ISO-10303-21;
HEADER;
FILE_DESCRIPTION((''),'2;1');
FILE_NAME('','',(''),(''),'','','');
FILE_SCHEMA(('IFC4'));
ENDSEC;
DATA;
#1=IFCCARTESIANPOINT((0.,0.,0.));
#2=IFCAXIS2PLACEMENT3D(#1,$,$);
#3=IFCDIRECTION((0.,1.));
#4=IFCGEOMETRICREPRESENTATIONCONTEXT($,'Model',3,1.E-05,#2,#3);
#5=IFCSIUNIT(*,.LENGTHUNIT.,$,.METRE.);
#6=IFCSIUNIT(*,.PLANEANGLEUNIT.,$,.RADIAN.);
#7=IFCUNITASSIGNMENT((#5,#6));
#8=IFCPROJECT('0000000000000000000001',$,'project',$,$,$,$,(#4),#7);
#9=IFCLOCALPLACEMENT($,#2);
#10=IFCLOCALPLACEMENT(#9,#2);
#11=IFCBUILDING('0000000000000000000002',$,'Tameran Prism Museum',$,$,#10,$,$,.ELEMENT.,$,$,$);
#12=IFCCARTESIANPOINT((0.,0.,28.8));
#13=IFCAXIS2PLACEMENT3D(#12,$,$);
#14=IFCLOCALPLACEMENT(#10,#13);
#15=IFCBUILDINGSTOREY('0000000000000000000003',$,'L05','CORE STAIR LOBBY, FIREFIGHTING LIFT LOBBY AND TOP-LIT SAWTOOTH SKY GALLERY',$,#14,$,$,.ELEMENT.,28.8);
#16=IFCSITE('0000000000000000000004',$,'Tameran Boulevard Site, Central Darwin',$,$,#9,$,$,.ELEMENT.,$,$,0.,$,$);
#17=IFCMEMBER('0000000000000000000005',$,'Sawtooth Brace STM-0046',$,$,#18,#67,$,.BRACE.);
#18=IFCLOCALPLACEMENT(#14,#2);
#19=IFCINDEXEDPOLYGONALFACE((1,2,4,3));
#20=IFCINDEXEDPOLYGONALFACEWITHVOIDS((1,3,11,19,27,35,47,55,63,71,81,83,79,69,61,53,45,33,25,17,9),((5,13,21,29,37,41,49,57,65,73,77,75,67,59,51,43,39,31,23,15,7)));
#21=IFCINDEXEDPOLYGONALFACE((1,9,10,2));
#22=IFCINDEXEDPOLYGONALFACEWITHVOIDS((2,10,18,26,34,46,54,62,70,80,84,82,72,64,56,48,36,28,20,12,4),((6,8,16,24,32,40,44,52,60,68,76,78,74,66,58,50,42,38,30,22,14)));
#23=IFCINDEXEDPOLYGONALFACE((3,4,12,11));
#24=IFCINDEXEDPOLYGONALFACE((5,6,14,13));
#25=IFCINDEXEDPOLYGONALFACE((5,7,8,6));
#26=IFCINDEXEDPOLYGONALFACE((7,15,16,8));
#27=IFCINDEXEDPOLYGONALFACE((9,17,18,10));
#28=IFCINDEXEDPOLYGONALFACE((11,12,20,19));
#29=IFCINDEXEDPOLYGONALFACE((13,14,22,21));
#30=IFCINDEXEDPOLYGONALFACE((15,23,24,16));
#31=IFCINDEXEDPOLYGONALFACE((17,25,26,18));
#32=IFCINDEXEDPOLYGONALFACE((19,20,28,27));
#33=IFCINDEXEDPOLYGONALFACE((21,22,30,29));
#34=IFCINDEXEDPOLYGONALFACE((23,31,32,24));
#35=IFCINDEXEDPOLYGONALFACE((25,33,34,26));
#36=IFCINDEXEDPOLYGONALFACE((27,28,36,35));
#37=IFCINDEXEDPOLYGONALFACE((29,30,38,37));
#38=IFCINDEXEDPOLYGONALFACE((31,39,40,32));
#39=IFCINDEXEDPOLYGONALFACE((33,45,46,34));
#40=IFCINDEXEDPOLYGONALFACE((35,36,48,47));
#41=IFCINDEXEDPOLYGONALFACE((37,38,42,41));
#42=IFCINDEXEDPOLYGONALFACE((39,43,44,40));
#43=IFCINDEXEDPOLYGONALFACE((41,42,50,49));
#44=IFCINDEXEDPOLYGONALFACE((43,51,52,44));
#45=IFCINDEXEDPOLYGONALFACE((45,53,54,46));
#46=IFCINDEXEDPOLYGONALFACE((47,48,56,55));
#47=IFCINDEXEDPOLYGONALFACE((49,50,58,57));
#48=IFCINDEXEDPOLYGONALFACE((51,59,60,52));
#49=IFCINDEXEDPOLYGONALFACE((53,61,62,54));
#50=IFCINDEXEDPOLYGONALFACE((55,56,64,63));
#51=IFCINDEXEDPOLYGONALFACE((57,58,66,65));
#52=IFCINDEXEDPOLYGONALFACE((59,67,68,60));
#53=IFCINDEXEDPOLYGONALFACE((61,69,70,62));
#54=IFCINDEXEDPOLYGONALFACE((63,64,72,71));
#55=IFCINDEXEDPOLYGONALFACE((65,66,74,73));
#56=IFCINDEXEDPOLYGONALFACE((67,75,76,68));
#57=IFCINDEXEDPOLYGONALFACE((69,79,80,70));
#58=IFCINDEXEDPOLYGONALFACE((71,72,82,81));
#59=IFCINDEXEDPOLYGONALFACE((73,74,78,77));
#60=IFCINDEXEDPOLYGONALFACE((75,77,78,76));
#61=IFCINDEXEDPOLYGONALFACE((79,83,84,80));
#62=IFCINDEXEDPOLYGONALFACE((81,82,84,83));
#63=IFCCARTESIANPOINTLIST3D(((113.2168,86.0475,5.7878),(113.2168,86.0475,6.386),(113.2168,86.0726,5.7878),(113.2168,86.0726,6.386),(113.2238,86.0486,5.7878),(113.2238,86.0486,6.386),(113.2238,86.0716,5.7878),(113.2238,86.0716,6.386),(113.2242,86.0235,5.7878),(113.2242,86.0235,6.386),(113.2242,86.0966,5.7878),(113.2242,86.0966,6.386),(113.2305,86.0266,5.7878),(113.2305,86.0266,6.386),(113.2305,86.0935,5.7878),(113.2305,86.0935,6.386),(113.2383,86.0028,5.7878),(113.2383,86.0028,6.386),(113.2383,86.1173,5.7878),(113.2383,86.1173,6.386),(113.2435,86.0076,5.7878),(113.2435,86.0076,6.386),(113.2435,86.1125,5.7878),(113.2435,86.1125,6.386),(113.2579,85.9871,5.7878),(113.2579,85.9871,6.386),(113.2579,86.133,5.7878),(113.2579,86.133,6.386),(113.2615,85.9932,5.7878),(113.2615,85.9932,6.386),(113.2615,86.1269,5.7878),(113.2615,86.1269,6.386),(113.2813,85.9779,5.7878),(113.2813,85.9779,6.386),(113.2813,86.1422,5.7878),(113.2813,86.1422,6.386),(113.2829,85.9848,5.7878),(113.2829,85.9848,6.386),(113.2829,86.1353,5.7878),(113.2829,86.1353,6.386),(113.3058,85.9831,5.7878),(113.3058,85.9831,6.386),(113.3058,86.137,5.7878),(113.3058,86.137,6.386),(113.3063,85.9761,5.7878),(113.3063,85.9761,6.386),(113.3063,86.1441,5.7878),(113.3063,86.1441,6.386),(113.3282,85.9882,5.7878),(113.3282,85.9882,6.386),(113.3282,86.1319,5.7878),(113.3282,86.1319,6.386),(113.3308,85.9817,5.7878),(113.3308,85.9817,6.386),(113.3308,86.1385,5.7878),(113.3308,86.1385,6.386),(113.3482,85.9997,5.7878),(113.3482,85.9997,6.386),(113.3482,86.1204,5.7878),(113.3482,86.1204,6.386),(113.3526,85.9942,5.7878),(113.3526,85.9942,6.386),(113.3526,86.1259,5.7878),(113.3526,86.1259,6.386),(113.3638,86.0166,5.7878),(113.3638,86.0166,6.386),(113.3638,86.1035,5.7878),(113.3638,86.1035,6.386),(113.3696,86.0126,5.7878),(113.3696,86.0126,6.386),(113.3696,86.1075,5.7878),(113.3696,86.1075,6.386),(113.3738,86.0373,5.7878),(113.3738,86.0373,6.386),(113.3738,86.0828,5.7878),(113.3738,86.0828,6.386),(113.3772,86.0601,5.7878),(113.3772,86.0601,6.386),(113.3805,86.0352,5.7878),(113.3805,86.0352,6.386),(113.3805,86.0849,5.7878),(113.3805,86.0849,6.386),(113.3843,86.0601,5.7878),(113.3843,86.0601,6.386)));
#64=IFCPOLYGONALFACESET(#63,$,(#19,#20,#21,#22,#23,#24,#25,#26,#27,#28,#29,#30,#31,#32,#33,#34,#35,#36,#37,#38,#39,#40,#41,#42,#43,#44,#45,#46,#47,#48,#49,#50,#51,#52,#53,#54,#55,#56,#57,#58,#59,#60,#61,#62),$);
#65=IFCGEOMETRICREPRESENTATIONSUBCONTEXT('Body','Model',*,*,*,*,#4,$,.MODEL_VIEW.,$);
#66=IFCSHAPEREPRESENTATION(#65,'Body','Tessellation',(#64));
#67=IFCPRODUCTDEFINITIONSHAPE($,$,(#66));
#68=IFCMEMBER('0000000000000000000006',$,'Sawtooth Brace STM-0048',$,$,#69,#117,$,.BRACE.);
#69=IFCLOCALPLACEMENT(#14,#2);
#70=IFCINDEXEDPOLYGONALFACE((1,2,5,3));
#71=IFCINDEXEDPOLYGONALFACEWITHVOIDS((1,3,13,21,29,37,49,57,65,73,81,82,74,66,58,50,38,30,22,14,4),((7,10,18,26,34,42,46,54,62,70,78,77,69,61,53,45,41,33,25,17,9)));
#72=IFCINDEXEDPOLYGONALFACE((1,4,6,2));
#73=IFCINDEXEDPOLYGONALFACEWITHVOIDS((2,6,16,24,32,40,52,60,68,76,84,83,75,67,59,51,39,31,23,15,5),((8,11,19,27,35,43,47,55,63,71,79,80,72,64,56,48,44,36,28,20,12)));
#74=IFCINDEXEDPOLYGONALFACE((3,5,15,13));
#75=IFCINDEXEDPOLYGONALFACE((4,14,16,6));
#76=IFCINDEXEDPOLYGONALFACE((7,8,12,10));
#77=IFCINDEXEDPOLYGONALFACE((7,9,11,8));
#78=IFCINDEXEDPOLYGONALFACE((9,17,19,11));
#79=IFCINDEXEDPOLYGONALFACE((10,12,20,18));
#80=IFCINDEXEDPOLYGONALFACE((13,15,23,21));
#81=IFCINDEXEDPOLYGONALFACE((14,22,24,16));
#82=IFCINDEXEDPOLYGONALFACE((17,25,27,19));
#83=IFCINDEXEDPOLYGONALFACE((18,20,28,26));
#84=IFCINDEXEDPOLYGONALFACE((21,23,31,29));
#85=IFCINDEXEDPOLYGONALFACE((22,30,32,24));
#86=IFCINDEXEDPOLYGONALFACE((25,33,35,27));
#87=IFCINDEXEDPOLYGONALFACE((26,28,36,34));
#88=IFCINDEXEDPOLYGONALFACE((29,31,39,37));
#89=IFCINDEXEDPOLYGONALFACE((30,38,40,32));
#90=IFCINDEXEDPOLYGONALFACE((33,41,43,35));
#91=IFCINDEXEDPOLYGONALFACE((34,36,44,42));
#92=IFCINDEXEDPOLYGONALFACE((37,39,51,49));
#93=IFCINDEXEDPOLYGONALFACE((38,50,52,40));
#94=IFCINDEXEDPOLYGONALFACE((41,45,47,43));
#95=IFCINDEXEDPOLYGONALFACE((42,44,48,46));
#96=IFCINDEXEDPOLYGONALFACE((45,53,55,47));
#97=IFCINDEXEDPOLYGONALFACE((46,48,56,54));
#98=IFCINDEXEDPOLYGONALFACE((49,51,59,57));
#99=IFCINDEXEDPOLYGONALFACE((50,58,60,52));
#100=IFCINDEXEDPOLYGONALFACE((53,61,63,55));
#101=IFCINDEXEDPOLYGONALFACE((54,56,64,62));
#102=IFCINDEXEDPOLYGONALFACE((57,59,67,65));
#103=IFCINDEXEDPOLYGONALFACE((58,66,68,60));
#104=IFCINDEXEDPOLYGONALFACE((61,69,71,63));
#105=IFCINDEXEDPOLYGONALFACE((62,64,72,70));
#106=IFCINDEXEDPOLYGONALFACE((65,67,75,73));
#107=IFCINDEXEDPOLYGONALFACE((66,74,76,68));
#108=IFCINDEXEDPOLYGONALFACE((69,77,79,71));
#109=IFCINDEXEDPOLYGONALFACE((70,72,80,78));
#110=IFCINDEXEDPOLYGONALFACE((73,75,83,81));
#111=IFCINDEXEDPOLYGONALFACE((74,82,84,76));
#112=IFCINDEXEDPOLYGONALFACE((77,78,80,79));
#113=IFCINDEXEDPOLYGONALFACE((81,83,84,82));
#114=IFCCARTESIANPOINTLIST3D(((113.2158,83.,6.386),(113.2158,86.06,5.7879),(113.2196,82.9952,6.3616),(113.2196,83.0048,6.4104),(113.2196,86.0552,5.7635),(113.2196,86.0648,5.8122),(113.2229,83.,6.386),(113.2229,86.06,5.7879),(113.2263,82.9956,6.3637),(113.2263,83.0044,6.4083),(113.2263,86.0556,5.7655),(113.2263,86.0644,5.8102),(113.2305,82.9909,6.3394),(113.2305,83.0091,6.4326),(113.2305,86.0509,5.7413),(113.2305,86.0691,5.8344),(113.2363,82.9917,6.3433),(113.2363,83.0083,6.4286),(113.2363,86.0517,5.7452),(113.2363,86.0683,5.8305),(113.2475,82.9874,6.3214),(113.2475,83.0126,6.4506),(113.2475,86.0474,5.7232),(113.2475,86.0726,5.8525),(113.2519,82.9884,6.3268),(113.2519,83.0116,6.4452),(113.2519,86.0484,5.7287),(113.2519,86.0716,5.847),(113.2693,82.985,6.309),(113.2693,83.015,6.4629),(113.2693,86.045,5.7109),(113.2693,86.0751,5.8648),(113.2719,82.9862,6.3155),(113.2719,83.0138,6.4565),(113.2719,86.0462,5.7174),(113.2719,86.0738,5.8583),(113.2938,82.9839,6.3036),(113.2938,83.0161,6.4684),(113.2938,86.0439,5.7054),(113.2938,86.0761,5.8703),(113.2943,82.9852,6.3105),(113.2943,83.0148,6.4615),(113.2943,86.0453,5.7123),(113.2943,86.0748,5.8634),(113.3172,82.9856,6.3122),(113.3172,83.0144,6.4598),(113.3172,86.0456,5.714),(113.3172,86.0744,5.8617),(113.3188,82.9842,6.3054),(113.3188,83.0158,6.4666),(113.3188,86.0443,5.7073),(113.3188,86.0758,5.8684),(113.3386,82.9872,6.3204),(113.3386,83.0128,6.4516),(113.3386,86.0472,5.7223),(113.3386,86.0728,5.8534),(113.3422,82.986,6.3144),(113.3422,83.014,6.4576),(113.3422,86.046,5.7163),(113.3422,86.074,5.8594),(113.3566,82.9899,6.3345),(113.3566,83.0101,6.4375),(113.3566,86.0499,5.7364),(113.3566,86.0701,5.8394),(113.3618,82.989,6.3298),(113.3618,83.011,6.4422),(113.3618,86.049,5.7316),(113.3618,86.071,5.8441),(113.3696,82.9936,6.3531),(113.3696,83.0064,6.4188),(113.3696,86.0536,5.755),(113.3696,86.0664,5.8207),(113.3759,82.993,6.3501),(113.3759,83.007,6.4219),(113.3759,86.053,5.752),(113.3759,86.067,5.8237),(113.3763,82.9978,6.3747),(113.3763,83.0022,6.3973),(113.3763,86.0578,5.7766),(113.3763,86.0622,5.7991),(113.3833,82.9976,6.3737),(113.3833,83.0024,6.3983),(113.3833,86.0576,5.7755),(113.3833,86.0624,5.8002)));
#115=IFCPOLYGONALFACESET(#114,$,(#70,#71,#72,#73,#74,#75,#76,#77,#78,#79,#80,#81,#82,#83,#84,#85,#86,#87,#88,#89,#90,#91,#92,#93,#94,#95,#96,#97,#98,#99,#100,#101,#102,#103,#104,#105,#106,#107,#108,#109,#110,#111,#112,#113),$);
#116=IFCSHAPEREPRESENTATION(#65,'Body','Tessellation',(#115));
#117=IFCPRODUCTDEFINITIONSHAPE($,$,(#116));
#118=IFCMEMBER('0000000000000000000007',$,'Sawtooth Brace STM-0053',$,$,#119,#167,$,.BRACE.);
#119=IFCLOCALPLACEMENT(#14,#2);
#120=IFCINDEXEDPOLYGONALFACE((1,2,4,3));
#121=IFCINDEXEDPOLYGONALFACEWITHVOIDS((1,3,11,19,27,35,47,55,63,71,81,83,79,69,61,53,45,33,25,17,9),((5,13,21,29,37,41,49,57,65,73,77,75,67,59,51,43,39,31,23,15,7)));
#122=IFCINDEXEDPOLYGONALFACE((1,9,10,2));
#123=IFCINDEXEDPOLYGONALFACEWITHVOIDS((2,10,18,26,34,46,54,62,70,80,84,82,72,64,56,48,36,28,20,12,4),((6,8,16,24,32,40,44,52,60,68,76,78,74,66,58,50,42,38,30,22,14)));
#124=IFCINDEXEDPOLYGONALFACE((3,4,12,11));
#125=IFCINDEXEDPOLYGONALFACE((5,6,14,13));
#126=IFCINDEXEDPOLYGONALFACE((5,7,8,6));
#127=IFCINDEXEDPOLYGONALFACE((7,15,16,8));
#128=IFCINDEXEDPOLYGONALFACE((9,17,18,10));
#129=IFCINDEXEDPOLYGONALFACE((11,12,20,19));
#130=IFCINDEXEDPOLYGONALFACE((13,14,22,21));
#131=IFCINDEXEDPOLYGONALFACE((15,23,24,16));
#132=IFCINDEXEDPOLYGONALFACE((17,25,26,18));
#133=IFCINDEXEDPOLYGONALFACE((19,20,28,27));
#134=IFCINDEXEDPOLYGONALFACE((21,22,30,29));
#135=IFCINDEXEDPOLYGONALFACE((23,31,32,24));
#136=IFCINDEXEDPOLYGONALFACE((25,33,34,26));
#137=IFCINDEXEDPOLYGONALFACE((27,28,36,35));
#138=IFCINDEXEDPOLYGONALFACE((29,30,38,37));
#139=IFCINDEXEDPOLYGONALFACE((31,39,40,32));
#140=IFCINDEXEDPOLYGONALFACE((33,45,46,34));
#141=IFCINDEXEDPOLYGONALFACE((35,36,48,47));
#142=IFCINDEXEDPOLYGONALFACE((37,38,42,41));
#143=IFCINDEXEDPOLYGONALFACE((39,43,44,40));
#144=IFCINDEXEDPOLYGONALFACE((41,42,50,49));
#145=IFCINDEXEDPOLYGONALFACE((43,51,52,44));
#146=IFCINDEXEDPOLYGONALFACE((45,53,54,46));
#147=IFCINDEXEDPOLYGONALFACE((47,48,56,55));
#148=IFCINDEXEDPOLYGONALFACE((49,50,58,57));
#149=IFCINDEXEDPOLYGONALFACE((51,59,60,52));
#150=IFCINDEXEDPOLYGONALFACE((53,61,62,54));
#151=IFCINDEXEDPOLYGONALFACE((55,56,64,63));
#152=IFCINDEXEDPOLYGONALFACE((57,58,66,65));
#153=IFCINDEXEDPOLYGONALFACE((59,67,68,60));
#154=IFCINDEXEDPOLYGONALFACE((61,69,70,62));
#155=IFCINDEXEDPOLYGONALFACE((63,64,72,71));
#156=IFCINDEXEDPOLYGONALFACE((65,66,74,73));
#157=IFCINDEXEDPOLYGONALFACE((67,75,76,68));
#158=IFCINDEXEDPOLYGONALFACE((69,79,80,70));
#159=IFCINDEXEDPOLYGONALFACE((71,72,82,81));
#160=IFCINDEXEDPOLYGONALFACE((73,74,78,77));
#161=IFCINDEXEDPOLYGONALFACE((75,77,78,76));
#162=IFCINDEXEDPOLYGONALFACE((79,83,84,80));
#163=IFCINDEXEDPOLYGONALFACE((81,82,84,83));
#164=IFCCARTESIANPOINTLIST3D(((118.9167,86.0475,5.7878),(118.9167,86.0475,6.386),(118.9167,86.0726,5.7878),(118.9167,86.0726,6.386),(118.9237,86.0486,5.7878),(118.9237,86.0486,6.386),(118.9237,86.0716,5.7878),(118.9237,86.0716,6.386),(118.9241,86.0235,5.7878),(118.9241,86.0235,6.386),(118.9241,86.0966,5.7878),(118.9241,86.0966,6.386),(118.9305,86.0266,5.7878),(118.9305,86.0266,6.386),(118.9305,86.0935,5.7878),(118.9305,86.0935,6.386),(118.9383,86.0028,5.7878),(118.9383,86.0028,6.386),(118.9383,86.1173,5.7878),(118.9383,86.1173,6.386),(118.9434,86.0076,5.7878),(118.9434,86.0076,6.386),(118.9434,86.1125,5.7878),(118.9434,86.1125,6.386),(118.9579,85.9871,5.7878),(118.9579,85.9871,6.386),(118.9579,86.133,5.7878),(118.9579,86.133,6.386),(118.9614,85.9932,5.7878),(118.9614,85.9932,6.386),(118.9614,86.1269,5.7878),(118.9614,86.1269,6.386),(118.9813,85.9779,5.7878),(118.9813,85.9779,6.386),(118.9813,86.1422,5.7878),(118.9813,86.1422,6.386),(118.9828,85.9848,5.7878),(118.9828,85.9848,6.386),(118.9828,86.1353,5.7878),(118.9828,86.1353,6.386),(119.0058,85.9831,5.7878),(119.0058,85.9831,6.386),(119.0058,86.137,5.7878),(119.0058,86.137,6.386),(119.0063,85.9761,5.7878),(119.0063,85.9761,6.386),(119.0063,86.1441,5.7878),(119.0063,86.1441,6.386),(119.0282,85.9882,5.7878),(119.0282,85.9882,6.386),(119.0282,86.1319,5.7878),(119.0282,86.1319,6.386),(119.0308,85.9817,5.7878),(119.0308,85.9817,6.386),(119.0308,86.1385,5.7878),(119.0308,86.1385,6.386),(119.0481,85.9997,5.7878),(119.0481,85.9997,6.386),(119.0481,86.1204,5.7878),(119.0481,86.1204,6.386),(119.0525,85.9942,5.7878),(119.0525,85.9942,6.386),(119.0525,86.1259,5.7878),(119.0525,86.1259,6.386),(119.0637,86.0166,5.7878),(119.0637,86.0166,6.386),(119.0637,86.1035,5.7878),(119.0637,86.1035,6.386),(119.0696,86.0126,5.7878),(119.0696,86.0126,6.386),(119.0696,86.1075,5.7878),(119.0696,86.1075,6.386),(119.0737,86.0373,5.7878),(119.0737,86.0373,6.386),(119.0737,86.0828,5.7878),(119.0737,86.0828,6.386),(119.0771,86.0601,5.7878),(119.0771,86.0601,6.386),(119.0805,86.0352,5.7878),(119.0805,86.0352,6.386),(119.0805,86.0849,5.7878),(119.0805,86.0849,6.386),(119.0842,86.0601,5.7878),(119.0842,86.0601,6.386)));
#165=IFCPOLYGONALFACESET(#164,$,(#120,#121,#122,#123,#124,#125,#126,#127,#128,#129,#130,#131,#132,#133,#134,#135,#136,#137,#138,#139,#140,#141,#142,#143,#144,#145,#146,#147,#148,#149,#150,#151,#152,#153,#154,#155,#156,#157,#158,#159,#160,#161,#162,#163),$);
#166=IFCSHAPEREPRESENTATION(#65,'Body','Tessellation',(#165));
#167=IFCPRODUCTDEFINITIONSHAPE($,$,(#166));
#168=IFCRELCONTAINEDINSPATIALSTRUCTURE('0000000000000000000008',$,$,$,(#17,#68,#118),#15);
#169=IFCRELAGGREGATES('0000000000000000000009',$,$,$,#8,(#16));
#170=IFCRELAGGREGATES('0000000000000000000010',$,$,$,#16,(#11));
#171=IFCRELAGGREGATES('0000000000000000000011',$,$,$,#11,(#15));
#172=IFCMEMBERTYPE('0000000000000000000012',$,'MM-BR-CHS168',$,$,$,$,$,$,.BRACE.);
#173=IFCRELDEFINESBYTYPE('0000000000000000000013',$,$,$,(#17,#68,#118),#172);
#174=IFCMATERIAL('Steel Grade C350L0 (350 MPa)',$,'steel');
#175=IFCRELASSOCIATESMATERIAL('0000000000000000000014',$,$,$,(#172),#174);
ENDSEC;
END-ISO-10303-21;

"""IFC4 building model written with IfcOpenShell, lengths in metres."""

from ifc_helpers import new_model, si_unit, direction, frame, origin, origin_2d, place, context, subcontext, project, spatial, hollow_circle, extrude, material, material_profile, profile_set, type_object, element, save


model = new_model("IFC4")

# Units and contexts
model_context = context("Model", 3, precision=1e-05, world=origin(), true_north=direction((0.0, 1.0)))
body_context = subcontext(model_context, "Body", "Model", "MODEL_VIEW")
ifc_project = project(units=[si_unit("LENGTHUNIT", "METRE"), si_unit("PLANEANGLEUNIT", "RADIAN")], contexts=[model_context])

# Site, building, storey
site_placement = place(None, origin())
site = spatial("IfcSite", under=ifc_project, at=site_placement, Name="Tameran Boulevard Site, Central Darwin", CompositionType="ELEMENT", RefElevation=0.0)
building_placement = place(site_placement, origin())
building = spatial("IfcBuilding", under=site, at=building_placement, Name="Tameran Prism Museum", CompositionType="ELEMENT")
storey_placement = place(building_placement, frame((0.0, 0.0, 28.8)))
storey = spatial("IfcBuildingStorey", under=building, at=storey_placement, Name="L05", Description="CORE STAIR LOBBY, FIREFIGHTING LIFT LOBBY AND TOP-LIT SAWTOOTH SKY GALLERY", CompositionType="ELEMENT", Elevation=28.8)

# Members
ifc_material_1 = material(Name="Steel Grade C350L0 (350 MPa)", Category="steel")
ifc_material_profile_1 = material_profile(ifc_material_1, hollow_circle(Radius=0.0842, WallThickness=0.0071, at=origin_2d()))
ifc_profile_set_1 = profile_set([ifc_material_profile_1])
member_type_1 = type_object("IfcMemberType", Name="MM-BR-CHS168", PredefinedType="BRACE", material=ifc_profile_set_1)
for number, where, z_axis, x_axis, name in (
    (1, (113.3, 86.0601, 6.386), (0.0, 0.0, -1.0), (1.0, 0.0, 0.0), "Sawtooth Brace STM-0046"),
):
    element("IfcMember", number, at=place(storey_placement, frame(where, z_axis=z_axis, x_axis=x_axis)), inside=storey, type_object=member_type_1, Name=name, PredefinedType="BRACE", context=body_context, shape_type="SweptSolid", body=[
        extrude(hollow_circle(Radius=0.0842, WallThickness=0.0071, at=origin_2d()), origin(), (0.0, 0.0, 1.0), 0.5981),
    ])
member_1_placement = place(storey_placement, frame((113.3, 83.0, 6.386), z_axis=(0.0, 0.981427, -0.191838), x_axis=(-1.0, 0.0, 0.0)))
element("IfcMember", 2, at=member_1_placement, inside=storey, type_object=member_type_1, Name="Sawtooth Brace STM-0048", PredefinedType="BRACE", context=body_context, shape_type="SweptSolid", body=[
    extrude(hollow_circle(Radius=0.0842, WallThickness=0.0071, at=origin_2d()), origin(), (0.0, 0.0, 1.0), 3.1179),
])
member_2_placement = place(storey_placement, frame((119.0, 86.0601, 6.386), z_axis=(0.0, 0.0, -1.0), x_axis=(1.0, 0.0, 0.0)))
element("IfcMember", 3, at=member_2_placement, inside=storey, type_object=member_type_1, Name="Sawtooth Brace STM-0053", PredefinedType="BRACE", context=body_context, shape_type="SweptSolid", body=[
    extrude(hollow_circle(Radius=0.0842, WallThickness=0.0071, at=origin_2d()), origin(), (0.0, 0.0, 1.0), 0.5981),
])

save(model, "model.ifc")
